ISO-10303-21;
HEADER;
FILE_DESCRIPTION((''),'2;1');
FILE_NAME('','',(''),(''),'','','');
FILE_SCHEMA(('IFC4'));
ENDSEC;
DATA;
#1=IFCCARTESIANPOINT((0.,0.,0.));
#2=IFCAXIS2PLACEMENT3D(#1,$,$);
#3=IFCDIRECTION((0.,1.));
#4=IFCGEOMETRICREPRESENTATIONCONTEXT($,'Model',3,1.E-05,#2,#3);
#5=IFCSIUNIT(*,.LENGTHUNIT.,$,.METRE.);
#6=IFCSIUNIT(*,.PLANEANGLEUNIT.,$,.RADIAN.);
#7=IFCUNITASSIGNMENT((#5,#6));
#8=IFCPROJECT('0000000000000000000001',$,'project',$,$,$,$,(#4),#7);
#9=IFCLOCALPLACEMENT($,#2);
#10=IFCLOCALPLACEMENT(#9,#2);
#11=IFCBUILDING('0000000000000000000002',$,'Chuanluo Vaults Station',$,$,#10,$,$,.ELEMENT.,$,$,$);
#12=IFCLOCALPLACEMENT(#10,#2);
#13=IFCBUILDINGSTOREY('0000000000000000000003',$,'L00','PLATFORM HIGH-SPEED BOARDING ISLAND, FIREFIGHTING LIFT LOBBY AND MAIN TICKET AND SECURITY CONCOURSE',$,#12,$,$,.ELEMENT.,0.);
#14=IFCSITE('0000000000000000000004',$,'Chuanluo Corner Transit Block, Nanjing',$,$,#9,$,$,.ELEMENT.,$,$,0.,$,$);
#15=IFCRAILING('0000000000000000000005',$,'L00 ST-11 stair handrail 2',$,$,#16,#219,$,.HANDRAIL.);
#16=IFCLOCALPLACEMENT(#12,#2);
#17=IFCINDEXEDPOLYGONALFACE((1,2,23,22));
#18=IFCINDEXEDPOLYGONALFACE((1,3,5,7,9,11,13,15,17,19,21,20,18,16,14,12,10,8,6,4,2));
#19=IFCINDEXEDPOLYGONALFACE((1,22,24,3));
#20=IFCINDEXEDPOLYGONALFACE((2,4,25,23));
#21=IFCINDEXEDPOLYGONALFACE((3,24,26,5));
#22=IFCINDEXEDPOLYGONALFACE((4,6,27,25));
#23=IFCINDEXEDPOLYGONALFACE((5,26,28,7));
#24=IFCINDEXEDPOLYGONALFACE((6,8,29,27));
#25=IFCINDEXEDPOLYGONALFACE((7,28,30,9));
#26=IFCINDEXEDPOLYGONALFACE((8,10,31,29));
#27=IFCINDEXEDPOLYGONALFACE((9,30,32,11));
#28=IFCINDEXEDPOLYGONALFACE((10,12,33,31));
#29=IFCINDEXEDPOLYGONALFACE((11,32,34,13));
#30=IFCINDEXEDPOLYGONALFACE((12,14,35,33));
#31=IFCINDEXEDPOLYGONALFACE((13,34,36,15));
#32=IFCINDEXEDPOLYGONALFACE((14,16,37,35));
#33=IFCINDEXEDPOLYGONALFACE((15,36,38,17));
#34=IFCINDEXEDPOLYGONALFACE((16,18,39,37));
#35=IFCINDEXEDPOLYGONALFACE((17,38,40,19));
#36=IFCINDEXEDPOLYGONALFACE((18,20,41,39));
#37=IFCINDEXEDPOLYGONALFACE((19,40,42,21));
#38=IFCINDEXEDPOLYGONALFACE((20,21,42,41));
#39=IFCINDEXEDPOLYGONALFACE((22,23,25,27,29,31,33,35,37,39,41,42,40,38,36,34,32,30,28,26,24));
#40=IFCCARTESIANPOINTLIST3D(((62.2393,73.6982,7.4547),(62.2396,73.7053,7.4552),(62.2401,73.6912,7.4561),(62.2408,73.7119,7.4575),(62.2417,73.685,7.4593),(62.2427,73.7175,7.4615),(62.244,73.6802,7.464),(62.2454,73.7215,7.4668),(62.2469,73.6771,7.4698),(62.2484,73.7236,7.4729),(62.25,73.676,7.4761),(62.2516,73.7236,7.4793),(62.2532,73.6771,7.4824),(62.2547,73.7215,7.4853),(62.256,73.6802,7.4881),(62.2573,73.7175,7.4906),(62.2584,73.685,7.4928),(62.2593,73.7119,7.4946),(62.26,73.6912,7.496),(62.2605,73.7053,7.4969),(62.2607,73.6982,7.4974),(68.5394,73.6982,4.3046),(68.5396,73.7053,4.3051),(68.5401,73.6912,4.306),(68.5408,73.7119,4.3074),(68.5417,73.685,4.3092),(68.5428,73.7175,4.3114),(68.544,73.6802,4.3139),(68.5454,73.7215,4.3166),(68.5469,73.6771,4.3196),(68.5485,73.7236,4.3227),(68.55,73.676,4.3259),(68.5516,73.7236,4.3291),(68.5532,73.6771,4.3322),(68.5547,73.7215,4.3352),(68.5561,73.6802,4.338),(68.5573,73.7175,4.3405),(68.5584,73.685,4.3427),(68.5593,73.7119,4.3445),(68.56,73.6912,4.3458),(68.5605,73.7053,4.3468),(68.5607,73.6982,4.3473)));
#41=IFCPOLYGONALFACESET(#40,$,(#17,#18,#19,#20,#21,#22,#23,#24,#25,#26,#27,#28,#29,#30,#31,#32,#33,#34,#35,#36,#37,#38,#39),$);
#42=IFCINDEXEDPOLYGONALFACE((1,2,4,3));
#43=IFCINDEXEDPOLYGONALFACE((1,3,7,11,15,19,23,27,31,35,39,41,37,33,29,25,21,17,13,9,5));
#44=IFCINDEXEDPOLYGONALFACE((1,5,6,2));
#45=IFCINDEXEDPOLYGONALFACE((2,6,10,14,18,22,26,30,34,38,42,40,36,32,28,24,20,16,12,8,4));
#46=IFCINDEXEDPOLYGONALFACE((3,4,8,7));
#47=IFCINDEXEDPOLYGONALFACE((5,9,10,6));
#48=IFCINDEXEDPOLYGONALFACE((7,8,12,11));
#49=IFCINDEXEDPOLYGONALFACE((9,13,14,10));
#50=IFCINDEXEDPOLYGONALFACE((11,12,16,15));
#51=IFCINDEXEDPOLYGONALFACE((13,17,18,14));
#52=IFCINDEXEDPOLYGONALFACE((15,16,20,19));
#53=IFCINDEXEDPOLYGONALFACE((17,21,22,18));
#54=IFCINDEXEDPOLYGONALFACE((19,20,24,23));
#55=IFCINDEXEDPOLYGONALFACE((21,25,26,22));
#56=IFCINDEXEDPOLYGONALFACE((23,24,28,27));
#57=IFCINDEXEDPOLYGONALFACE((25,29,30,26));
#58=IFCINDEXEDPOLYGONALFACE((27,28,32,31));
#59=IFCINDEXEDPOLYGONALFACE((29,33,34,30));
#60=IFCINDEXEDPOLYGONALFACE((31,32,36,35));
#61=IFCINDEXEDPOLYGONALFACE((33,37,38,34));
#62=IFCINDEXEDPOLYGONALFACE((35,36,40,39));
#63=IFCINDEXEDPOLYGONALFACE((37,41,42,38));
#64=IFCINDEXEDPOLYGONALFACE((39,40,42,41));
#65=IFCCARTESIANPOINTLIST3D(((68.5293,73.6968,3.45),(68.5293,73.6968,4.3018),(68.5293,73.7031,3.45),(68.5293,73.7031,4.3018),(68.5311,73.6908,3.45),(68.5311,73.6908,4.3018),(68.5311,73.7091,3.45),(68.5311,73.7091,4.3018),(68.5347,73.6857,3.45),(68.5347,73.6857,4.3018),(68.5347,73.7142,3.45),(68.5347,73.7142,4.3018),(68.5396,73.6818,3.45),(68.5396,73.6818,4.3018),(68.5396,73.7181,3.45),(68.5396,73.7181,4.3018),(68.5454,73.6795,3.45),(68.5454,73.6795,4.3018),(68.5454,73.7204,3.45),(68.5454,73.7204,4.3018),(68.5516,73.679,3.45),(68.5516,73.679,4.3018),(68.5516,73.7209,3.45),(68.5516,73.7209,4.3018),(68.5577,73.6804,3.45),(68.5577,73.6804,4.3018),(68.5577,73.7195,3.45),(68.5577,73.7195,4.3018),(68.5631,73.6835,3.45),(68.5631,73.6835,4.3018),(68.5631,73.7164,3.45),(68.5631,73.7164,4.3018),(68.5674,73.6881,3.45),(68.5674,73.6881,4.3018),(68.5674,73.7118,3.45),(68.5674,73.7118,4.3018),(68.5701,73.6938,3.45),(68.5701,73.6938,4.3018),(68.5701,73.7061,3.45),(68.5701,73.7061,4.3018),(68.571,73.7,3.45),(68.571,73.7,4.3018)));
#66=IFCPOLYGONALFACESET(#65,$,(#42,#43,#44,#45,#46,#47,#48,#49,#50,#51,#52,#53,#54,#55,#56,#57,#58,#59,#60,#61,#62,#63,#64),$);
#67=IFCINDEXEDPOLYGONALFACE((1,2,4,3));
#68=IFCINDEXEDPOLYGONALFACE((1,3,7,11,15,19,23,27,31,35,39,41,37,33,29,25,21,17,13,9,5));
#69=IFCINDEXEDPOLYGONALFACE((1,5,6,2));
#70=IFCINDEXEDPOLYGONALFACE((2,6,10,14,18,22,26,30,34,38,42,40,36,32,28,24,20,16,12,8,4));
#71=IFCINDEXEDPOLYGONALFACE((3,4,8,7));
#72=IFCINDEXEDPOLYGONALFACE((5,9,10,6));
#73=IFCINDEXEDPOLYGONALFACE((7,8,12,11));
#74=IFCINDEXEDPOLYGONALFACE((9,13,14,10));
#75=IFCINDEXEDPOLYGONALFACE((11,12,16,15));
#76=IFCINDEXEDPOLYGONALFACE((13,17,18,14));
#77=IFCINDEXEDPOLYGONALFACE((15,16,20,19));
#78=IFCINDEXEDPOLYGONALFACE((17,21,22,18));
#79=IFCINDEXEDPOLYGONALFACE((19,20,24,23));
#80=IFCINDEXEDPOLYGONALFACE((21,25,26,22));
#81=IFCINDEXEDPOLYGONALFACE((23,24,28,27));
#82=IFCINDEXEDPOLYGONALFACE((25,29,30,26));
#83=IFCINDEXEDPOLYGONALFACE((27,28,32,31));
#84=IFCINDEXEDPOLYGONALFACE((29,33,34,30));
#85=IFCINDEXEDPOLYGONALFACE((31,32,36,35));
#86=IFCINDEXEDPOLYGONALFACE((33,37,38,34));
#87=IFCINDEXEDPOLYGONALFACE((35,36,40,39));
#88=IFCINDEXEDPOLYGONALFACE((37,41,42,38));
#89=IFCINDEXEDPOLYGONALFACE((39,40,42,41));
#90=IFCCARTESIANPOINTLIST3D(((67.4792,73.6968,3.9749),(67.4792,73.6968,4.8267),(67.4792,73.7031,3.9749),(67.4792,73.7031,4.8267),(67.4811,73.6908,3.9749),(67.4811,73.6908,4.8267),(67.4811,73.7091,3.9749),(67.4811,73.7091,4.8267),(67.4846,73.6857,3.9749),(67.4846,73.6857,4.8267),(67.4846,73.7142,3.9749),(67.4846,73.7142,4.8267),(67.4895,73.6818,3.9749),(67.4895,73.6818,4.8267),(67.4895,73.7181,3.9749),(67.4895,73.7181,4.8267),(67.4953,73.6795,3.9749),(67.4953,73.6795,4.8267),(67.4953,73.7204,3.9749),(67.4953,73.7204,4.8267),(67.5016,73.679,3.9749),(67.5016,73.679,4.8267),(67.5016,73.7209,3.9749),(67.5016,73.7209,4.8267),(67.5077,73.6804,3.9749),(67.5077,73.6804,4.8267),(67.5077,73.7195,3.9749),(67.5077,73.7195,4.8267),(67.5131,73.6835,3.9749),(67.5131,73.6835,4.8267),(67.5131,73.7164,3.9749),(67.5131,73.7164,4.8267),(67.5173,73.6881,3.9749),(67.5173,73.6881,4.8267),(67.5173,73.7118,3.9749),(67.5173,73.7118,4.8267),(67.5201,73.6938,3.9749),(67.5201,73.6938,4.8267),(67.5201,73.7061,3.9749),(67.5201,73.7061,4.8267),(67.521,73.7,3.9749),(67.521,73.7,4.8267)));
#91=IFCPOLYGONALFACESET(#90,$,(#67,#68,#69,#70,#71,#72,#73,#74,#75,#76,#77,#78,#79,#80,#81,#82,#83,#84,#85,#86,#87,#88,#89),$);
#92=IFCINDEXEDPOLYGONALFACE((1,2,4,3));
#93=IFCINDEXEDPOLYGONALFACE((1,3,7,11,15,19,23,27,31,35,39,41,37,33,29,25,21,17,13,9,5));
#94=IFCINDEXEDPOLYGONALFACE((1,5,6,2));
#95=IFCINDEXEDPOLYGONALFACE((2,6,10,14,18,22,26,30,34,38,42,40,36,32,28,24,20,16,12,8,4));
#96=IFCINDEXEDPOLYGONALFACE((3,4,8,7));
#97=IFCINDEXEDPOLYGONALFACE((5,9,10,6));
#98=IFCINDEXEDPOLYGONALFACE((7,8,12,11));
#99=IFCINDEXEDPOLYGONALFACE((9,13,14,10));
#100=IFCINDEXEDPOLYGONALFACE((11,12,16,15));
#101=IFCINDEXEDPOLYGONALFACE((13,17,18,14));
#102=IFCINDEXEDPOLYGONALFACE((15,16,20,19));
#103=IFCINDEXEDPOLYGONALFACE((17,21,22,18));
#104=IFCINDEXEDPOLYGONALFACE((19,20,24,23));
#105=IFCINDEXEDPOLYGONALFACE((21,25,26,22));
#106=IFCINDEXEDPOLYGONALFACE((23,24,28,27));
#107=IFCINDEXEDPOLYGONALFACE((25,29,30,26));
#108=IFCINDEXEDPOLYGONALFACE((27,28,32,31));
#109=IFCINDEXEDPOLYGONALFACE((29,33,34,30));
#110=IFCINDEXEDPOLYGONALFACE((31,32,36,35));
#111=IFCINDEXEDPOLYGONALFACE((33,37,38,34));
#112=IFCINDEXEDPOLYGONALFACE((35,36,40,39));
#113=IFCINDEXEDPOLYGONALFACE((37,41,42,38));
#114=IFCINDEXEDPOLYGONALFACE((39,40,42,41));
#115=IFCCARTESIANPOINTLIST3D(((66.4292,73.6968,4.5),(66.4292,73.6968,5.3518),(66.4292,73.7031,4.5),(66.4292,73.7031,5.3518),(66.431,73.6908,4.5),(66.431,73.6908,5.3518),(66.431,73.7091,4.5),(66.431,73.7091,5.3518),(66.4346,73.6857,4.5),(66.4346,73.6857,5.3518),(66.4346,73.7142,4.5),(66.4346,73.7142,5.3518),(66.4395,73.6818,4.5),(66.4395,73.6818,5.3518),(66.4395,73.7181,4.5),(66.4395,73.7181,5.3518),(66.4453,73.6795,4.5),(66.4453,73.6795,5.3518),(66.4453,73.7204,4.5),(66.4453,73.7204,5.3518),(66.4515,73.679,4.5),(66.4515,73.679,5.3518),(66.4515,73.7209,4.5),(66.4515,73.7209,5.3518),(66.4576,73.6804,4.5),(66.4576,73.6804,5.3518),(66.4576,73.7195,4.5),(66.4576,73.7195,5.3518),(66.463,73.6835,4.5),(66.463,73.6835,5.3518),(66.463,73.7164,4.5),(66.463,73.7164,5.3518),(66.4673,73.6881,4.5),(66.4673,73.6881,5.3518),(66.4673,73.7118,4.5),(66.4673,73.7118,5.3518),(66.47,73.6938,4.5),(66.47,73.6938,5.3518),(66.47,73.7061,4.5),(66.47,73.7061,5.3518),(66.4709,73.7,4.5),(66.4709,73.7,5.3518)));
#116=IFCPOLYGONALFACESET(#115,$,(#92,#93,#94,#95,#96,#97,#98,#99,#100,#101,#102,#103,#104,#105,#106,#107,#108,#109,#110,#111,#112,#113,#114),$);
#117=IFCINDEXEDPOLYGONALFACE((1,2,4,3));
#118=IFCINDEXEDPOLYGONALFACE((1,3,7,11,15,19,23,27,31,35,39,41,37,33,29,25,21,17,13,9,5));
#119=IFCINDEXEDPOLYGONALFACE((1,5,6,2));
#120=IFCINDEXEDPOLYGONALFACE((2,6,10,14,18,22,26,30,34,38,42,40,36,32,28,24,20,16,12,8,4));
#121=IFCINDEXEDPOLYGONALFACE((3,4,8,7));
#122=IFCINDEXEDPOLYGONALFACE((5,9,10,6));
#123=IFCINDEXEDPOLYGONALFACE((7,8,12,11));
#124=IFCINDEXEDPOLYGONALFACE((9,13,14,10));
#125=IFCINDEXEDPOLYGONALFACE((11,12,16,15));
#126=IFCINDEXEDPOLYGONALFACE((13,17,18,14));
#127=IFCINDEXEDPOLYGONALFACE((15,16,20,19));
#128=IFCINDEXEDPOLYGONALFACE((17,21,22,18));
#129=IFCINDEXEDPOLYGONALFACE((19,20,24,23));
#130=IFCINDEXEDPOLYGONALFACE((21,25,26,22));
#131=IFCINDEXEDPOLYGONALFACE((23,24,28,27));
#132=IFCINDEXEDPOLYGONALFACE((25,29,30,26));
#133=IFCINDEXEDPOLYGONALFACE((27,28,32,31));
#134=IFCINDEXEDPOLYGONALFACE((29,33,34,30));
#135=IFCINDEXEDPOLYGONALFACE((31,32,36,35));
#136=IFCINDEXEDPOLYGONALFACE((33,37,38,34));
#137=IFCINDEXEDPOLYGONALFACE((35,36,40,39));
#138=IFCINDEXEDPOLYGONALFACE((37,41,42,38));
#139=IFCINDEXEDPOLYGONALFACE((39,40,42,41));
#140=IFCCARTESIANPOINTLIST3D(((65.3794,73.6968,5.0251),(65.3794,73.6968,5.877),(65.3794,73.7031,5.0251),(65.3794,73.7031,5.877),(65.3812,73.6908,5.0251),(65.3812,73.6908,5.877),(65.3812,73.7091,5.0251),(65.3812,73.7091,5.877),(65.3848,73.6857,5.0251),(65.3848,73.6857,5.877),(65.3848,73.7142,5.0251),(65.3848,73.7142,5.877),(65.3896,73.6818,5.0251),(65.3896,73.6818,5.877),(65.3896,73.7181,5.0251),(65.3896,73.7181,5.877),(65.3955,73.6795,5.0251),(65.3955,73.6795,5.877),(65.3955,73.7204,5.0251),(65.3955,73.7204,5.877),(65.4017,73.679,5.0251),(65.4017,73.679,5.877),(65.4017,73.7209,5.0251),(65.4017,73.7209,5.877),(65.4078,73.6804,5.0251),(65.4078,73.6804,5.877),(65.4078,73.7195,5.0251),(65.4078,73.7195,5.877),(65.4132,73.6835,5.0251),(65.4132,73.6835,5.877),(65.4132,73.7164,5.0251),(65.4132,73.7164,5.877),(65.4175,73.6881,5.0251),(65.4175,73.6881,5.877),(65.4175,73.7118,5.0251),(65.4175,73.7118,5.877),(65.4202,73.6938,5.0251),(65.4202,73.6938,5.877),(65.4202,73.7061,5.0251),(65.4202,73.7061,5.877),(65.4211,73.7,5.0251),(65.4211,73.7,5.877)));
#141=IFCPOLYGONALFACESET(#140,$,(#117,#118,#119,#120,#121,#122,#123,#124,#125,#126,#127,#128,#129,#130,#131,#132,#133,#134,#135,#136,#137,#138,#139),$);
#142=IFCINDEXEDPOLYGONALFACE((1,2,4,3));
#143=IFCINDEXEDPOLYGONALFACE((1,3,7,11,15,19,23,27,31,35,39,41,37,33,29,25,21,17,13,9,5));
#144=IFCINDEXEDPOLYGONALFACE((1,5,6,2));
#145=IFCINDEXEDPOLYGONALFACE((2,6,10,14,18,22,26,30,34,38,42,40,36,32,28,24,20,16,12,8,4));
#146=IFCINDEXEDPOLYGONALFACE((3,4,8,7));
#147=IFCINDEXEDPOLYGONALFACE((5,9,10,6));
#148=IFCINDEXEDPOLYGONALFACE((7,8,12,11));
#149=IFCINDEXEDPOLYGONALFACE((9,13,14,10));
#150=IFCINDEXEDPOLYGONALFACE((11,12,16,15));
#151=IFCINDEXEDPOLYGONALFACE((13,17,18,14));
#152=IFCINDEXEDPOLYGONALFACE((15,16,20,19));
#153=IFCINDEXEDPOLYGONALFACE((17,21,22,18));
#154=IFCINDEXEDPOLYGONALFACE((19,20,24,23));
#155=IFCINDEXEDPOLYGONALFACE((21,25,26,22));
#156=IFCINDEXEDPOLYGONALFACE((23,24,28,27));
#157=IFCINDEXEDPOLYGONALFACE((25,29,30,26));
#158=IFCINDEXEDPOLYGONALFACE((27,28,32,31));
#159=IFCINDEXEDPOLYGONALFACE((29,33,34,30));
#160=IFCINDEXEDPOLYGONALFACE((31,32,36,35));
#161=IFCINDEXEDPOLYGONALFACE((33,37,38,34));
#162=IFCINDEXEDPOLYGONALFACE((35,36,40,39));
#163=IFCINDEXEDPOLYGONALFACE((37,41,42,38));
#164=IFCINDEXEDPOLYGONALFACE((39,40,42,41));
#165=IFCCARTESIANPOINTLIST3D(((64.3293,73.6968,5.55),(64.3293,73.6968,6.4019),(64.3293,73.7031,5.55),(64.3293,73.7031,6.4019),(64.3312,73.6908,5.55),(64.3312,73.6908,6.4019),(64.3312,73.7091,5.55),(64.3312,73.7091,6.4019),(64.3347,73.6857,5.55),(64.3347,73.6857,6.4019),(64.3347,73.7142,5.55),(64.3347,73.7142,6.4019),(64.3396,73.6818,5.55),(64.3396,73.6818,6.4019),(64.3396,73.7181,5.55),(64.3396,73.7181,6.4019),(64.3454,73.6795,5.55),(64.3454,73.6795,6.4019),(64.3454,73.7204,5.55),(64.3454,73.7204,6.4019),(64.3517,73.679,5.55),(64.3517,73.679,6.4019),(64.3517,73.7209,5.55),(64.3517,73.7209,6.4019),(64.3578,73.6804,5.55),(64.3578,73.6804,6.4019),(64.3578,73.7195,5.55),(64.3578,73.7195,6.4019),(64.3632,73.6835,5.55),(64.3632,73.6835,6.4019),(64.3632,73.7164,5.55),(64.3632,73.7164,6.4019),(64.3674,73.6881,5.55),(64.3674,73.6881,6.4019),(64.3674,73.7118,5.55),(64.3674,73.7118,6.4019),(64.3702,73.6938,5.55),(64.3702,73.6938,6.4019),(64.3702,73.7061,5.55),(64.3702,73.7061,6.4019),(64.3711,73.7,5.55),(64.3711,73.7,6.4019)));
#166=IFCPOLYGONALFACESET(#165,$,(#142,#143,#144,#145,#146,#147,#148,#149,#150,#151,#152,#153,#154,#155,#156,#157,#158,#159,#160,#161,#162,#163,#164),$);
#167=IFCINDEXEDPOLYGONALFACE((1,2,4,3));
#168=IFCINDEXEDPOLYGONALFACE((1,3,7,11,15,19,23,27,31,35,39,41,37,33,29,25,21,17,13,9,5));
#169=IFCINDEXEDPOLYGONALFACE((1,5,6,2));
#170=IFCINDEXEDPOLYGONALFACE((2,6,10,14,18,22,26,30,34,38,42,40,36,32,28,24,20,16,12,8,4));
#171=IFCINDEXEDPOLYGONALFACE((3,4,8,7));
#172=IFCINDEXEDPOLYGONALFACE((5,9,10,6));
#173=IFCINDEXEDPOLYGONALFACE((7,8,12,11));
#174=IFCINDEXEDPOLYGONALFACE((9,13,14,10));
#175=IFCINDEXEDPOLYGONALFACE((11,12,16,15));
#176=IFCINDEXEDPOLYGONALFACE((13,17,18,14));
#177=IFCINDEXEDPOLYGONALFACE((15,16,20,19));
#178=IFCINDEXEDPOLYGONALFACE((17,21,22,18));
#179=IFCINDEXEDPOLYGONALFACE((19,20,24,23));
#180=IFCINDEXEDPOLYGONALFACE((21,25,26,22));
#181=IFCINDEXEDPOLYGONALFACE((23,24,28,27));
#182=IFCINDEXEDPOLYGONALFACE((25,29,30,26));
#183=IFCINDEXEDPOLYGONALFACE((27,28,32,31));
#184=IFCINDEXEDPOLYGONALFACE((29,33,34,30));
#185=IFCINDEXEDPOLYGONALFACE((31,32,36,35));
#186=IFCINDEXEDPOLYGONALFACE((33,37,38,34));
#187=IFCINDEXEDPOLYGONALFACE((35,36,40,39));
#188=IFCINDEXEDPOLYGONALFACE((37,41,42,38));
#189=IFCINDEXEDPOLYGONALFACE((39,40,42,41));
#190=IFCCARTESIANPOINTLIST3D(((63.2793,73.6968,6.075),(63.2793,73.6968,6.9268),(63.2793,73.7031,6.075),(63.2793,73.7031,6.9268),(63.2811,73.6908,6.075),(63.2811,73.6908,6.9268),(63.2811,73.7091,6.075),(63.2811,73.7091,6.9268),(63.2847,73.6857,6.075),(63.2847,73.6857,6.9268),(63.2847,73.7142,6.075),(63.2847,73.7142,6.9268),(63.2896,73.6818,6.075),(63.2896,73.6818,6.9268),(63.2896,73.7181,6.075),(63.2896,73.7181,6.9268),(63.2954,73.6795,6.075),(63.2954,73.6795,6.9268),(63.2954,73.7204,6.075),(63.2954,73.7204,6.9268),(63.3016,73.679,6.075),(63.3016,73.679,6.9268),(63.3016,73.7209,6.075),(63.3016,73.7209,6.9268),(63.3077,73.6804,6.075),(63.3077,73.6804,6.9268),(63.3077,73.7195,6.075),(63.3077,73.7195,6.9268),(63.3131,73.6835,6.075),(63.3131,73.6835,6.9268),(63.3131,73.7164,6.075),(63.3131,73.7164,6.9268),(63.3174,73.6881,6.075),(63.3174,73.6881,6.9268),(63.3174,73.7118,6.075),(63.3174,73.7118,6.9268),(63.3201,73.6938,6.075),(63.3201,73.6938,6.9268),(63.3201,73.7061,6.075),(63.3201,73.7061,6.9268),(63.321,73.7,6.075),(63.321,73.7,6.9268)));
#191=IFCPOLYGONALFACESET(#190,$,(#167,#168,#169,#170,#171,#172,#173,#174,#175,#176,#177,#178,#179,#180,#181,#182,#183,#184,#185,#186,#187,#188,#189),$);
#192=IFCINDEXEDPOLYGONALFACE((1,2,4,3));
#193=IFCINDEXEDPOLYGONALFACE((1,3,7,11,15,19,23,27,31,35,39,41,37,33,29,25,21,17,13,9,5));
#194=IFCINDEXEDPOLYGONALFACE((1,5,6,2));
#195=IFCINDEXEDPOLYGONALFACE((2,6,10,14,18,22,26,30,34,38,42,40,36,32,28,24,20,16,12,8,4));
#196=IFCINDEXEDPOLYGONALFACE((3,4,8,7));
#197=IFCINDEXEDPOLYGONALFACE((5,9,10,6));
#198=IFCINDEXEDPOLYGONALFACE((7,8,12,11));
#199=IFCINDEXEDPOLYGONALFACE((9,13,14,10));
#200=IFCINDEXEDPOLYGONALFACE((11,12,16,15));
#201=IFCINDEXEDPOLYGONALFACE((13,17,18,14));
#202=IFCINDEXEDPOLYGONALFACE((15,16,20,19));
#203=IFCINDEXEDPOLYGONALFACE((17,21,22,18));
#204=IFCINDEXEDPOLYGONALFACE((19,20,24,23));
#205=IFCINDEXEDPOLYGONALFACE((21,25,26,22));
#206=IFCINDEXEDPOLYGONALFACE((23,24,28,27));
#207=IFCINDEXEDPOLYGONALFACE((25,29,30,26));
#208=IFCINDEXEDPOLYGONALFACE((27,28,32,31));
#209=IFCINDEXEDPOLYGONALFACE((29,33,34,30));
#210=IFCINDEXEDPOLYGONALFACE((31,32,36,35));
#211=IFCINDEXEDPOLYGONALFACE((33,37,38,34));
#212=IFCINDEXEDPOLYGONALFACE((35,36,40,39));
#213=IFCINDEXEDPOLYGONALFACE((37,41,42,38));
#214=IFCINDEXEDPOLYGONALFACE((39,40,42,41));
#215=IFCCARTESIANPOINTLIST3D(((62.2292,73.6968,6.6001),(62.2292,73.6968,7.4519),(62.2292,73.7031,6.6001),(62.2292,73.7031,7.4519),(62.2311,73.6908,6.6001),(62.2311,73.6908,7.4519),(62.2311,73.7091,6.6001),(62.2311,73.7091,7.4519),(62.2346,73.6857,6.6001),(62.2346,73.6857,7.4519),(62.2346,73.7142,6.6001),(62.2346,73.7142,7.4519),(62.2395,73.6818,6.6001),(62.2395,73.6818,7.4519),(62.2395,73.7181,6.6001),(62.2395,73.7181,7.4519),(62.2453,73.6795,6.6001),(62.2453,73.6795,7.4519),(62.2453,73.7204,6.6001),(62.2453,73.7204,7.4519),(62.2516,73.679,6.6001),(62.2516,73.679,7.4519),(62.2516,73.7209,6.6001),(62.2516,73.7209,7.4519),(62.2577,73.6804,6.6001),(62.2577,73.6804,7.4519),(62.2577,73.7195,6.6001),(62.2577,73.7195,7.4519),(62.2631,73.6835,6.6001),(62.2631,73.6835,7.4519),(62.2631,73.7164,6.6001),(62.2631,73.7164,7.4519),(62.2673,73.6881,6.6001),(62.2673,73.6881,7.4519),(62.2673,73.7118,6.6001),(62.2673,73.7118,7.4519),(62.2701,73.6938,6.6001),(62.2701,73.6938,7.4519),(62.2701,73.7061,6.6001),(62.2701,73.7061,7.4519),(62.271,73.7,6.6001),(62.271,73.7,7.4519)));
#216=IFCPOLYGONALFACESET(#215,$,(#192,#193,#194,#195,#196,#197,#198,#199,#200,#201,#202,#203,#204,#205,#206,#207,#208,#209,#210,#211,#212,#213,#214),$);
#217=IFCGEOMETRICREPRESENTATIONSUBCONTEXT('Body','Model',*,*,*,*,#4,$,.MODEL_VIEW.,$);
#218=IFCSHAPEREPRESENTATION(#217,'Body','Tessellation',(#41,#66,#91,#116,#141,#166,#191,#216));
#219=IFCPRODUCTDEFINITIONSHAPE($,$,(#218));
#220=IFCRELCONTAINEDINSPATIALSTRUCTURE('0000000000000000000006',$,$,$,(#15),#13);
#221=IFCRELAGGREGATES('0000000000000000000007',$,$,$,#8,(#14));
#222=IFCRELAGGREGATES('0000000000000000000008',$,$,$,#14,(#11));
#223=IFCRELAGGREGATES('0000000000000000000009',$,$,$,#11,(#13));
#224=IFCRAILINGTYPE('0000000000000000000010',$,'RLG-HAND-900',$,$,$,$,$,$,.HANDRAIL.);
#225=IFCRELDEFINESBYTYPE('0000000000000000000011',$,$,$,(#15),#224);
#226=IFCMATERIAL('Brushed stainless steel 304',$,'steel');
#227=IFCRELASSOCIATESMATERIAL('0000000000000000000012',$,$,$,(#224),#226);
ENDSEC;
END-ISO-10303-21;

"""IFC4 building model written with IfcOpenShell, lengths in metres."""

from ifc_helpers import new_model, si_unit, direction, frame, origin, origin_2d, place, context, subcontext, project, spatial, circle, extrude, material, type_object, element, save


model = new_model("IFC4")

# Units and contexts
model_context = context("Model", 3, precision=1e-05, world=origin(), true_north=direction((0.0, 1.0)))
body_context = subcontext(model_context, "Body", "Model", "MODEL_VIEW")
ifc_project = project(units=[si_unit("LENGTHUNIT", "METRE"), si_unit("PLANEANGLEUNIT", "RADIAN")], contexts=[model_context])

# Site, building, storey
site_placement = place(None, origin())
site = spatial("IfcSite", under=ifc_project, at=site_placement, Name="Chuanluo Corner Transit Block, Nanjing", CompositionType="ELEMENT", RefElevation=0.0)
building_placement = place(site_placement, origin())
building = spatial("IfcBuilding", under=site, at=building_placement, Name="Chuanluo Vaults Station", CompositionType="ELEMENT")
storey_placement = place(building_placement, origin())
storey = spatial("IfcBuildingStorey", under=building, at=storey_placement, Name="L00", Description="PLATFORM HIGH-SPEED BOARDING ISLAND, FIREFIGHTING LIFT LOBBY AND MAIN TICKET AND SECURITY CONCOURSE", CompositionType="ELEMENT", Elevation=0.0)

# Railing
ifc_material_1 = material(Name="Brushed stainless steel 304", Category="steel")
railing_type_1 = type_object("IfcRailingType", Name="RLG-HAND-900", PredefinedType="HANDRAIL", material=ifc_material_1)
for number, where, name in (
    (1, (68.55, 73.7, 3.45), "L00 ST-11 stair handrail 2"),
):
    element("IfcRailing", number, at=place(storey_placement, frame(where)), inside=storey, type_object=railing_type_1, Name=name, PredefinedType="HANDRAIL", context=body_context, shape_type="SweptSolid", body=[
        extrude(circle(Radius=0.0239, at=origin_2d()), frame((0.0, 0.0, 0.876), z_axis=(-0.89442, 0.0, 0.447227), x_axis=(0.0, -1.0, 0.0)), (0.0, 0.0, 1.0), 7.0437),
        extrude(circle(Radius=0.021, at=origin_2d()), origin(), (0.0, 0.0, 1.0), 0.8518),
        extrude(circle(Radius=0.021, at=origin_2d()), frame((-1.05, 0.0, 0.5249)), (0.0, 0.0, 1.0), 0.8518),
        extrude(circle(Radius=0.021, at=origin_2d()), frame((-2.1001, 0.0, 1.05)), (0.0, 0.0, 1.0), 0.8518),
        extrude(circle(Radius=0.021, at=origin_2d()), frame((-3.1499, 0.0, 1.5752)), (0.0, 0.0, 1.0), 0.8518),
        extrude(circle(Radius=0.021, at=origin_2d()), frame((-4.2, 0.0, 2.1001)), (0.0, 0.0, 1.0), 0.8518),
        extrude(circle(Radius=0.021, at=origin_2d()), frame((-5.25, 0.0, 2.625)), (0.0, 0.0, 1.0), 0.8518),
        extrude(circle(Radius=0.021, at=origin_2d()), frame((-6.3, 0.0, 3.1501)), (0.0, 0.0, 1.0), 0.8518),
    ])

save(model, "model.ifc")
